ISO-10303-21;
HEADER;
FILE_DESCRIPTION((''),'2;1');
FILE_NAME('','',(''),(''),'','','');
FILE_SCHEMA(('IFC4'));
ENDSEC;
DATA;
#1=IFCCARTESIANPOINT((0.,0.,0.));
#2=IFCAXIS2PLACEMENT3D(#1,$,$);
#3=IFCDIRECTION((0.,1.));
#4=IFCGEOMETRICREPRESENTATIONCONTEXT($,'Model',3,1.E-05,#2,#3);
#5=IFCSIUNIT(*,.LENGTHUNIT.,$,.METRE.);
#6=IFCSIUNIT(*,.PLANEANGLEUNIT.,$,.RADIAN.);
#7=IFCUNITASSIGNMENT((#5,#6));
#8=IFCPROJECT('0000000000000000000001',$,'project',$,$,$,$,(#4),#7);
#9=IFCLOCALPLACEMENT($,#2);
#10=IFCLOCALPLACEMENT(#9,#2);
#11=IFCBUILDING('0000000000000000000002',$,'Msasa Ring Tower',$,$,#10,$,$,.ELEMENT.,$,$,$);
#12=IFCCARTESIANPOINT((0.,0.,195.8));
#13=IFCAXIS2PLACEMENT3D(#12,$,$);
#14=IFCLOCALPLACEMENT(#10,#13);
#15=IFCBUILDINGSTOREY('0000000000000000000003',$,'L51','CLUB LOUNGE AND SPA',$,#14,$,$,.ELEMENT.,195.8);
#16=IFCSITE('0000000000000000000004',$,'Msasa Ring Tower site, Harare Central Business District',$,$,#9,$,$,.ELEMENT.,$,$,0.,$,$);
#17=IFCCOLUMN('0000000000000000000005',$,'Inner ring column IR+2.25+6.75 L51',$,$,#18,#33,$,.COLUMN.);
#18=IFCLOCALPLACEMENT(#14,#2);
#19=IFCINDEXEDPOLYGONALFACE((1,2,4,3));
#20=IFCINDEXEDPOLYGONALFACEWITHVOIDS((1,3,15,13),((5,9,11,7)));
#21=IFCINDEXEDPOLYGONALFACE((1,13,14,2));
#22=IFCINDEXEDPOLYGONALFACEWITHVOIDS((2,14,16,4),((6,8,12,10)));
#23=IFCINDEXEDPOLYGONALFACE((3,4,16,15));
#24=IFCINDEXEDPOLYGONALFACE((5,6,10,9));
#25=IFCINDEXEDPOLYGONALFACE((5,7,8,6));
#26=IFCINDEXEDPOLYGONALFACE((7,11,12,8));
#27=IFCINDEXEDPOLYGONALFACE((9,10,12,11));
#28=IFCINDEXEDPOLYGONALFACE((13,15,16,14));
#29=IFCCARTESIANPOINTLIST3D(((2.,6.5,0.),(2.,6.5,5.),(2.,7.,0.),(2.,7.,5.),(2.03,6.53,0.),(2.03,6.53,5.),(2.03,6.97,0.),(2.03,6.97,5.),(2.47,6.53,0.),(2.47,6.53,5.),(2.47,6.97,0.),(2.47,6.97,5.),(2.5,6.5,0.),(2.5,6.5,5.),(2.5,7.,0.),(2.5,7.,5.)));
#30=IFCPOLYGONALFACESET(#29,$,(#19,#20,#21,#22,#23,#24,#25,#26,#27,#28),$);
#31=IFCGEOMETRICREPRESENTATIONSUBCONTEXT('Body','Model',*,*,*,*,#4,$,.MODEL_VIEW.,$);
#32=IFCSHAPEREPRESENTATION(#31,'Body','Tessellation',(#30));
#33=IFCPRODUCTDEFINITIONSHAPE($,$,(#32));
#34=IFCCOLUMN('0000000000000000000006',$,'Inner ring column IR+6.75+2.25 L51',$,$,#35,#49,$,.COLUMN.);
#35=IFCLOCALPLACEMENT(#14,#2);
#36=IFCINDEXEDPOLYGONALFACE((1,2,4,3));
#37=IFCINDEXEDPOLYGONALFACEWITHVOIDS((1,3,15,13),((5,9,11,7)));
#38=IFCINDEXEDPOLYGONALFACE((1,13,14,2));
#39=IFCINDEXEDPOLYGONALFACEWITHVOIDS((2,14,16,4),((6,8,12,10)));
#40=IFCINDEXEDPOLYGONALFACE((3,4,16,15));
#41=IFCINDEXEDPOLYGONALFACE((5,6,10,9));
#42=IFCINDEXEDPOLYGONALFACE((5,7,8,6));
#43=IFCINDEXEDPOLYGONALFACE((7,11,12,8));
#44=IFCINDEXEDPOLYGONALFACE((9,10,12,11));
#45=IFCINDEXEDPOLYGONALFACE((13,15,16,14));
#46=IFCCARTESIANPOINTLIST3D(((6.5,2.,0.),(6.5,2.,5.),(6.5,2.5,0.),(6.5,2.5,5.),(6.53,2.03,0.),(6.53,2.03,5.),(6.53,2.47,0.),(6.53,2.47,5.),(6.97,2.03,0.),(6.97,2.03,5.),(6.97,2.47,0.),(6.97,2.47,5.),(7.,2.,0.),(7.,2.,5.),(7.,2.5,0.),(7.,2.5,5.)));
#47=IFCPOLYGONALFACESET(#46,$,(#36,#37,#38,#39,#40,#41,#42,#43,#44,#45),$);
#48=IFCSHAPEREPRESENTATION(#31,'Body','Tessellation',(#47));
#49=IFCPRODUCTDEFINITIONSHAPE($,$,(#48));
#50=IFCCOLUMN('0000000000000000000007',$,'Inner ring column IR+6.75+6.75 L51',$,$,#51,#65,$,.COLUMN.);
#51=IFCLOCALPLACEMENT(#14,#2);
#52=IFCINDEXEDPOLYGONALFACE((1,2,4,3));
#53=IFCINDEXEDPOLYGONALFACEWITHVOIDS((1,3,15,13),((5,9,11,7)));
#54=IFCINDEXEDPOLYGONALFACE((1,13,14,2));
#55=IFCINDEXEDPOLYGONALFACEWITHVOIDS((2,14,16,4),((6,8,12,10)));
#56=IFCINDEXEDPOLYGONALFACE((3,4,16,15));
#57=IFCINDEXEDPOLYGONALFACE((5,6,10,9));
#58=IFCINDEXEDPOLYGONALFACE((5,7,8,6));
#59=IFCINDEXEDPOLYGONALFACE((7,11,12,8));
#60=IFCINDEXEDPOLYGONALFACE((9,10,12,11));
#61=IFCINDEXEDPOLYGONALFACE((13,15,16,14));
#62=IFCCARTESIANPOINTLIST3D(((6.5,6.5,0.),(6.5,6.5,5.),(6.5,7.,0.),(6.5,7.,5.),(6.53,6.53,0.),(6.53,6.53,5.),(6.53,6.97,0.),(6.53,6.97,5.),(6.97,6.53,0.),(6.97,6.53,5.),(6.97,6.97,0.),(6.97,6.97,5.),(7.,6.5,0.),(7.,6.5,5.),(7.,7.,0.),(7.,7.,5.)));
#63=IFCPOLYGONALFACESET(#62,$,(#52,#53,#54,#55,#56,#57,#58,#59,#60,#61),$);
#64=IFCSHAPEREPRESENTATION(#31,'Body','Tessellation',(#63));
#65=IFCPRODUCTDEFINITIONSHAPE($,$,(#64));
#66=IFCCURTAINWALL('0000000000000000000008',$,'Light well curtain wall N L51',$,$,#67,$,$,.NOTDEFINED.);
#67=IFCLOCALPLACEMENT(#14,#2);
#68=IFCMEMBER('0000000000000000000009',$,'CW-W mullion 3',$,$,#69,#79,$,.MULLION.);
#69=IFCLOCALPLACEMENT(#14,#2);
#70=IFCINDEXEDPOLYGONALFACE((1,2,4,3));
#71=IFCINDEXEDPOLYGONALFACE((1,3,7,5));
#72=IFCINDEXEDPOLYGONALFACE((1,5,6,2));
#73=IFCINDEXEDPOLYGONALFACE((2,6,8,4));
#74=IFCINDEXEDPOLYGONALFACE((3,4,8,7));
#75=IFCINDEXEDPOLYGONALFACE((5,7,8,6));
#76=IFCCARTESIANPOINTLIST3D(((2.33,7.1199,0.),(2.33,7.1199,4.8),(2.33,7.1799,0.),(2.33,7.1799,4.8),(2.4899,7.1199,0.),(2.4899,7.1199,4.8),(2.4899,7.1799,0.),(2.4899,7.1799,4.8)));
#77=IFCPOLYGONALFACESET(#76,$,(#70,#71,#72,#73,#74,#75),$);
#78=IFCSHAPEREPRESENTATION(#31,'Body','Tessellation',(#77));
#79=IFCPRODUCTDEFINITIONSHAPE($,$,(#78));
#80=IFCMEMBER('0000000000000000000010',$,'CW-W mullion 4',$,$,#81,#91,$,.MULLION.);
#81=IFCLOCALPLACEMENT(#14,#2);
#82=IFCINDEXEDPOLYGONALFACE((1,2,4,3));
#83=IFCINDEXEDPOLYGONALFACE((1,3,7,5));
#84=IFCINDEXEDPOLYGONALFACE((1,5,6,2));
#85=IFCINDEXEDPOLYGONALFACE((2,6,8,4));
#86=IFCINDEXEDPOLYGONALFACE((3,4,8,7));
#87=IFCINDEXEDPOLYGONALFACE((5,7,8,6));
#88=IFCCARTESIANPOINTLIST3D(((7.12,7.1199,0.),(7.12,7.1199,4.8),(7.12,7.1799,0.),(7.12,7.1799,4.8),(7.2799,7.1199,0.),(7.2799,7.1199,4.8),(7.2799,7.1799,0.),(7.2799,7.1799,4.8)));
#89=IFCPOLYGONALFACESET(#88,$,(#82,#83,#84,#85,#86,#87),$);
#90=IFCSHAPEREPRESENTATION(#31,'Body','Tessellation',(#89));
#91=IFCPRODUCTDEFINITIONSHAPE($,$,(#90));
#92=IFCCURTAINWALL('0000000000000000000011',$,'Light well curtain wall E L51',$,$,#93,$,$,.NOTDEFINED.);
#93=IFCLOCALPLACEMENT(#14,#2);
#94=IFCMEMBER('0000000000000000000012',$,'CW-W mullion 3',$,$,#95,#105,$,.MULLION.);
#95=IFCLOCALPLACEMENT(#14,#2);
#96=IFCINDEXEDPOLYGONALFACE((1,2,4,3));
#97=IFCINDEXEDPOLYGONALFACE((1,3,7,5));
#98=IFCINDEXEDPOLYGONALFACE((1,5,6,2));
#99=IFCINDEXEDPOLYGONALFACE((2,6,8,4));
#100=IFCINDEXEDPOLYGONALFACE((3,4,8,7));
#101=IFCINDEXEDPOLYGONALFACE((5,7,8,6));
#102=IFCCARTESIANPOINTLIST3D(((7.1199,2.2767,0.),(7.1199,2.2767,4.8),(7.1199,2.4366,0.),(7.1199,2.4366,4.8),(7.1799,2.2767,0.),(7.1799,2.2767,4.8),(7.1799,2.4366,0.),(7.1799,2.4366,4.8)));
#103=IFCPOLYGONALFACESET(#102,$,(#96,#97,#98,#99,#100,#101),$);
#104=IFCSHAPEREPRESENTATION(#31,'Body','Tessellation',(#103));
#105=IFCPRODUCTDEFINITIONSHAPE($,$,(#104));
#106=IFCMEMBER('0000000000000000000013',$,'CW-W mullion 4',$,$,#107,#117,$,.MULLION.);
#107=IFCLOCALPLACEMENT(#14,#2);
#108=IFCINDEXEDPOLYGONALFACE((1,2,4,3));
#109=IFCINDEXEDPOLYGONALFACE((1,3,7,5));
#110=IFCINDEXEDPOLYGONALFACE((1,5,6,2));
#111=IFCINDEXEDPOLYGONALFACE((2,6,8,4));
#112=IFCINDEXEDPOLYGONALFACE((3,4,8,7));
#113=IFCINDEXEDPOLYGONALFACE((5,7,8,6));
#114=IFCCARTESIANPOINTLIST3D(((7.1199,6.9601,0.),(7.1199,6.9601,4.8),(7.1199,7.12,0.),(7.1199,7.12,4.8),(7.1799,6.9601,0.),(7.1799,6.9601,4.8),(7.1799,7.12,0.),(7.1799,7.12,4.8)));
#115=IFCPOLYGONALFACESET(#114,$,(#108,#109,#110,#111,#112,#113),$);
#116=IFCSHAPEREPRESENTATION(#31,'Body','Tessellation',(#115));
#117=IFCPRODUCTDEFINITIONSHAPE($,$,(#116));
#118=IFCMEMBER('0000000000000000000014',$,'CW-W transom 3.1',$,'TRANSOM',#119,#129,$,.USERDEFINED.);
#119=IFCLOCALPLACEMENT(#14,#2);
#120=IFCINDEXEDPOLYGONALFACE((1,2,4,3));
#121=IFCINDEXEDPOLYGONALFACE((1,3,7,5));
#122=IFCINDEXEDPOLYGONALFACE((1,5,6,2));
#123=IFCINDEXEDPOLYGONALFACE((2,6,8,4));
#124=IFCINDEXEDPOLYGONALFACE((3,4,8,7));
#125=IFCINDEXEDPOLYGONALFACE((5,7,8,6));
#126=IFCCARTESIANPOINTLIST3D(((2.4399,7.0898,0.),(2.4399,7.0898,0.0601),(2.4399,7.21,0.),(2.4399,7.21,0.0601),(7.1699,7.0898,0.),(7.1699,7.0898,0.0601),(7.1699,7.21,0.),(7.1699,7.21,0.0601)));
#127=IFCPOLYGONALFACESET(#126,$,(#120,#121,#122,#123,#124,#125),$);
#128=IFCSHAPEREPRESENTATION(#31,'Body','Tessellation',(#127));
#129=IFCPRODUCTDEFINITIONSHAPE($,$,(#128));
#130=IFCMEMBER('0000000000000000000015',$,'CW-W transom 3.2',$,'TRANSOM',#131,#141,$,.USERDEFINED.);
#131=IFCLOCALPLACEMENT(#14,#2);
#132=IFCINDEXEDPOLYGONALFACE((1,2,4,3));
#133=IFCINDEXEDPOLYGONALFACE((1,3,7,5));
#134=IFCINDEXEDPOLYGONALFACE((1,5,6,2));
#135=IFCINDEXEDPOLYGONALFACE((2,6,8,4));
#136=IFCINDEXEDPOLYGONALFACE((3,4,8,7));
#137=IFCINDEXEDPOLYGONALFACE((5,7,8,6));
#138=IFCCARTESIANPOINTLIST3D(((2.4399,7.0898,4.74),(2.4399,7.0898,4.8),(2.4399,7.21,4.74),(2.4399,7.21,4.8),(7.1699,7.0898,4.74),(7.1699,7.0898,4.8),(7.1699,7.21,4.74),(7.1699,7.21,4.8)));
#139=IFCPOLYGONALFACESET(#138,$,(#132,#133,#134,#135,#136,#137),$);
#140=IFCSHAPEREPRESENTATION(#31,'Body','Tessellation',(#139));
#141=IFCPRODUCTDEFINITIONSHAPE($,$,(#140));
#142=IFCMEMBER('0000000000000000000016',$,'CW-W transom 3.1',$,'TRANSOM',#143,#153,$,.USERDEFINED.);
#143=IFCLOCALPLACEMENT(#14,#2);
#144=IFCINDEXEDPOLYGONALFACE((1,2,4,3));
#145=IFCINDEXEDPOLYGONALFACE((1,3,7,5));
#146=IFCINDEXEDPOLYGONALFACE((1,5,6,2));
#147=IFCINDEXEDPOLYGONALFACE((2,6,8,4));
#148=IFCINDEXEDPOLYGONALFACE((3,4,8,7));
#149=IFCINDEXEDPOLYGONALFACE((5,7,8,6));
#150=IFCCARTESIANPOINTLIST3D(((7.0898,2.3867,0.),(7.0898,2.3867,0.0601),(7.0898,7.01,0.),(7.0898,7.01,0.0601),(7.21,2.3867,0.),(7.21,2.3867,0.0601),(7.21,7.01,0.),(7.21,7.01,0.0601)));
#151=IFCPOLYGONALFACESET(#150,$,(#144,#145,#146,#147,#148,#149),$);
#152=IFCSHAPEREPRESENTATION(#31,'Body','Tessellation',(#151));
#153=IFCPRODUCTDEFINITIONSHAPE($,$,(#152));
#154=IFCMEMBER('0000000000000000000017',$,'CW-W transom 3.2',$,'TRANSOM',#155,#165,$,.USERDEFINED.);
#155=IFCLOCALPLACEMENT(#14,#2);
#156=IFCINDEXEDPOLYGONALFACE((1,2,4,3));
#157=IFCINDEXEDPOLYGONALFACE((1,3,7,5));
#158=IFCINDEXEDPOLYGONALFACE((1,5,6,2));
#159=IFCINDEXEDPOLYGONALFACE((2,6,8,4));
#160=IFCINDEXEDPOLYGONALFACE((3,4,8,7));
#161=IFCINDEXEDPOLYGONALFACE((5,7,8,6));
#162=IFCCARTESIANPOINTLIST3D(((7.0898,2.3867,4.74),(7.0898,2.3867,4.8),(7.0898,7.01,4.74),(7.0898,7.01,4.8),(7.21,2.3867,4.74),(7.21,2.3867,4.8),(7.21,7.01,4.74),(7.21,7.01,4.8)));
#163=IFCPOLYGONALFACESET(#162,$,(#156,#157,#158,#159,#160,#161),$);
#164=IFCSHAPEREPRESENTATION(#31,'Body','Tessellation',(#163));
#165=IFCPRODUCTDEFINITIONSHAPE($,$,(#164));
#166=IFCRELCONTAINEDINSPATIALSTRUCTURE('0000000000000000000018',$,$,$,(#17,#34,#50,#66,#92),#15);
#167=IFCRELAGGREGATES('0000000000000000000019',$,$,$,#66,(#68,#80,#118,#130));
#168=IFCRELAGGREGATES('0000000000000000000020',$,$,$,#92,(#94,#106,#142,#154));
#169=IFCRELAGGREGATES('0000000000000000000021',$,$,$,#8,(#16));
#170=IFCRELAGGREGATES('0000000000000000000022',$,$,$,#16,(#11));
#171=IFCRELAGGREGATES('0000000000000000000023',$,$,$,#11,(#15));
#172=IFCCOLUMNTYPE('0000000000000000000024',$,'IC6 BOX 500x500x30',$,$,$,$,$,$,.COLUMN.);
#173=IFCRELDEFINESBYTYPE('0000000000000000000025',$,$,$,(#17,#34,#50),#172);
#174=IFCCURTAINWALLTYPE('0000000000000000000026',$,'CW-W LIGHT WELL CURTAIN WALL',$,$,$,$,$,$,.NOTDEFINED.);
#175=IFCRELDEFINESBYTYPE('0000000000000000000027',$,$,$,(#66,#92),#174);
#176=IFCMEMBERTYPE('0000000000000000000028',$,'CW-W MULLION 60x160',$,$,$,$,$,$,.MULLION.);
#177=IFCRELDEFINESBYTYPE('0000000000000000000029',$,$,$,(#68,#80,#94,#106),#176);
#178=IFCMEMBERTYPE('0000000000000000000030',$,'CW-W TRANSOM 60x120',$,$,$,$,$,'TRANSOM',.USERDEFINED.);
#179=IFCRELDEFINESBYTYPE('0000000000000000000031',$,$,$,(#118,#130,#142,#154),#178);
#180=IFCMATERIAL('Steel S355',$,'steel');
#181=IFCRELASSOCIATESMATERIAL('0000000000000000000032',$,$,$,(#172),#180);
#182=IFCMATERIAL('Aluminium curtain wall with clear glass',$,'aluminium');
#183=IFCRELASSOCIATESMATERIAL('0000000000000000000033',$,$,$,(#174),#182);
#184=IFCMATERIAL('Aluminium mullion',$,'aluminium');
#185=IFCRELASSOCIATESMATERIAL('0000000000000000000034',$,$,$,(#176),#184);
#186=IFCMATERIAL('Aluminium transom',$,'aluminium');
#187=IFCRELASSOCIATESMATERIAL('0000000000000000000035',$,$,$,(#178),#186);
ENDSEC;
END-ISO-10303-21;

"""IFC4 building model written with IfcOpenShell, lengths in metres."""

from ifc_helpers import new_model, si_unit, direction, frame, origin, origin_2d, place, context, subcontext, project, spatial, rectangle, hollow_rectangle, extrude, material, material_profile, profile_set, type_object, element, aggregate, save


model = new_model("IFC4")

# Units and contexts
model_context = context("Model", 3, precision=1e-05, world=origin(), true_north=direction((0.0, 1.0)))
body_context = subcontext(model_context, "Body", "Model", "MODEL_VIEW")
ifc_project = project(units=[si_unit("LENGTHUNIT", "METRE"), si_unit("PLANEANGLEUNIT", "RADIAN")], contexts=[model_context])

# Site, building, storey
site_placement = place(None, origin())
site = spatial("IfcSite", under=ifc_project, at=site_placement, Name="Msasa Ring Tower site, Harare Central Business District", CompositionType="ELEMENT", RefElevation=0.0)
building_placement = place(site_placement, origin())
building = spatial("IfcBuilding", under=site, at=building_placement, Name="Msasa Ring Tower", CompositionType="ELEMENT")
storey_placement = place(building_placement, frame((0.0, 0.0, 195.8)))
storey = spatial("IfcBuildingStorey", under=building, at=storey_placement, Name="L51", Description="CLUB LOUNGE AND SPA", CompositionType="ELEMENT", Elevation=195.8)

# Columns
ifc_material_1 = material(Name="Steel S355", Category="steel")
ifc_material_profile_1 = material_profile(ifc_material_1, hollow_rectangle(XDim=0.5, YDim=0.5, WallThickness=0.03, at=origin_2d()), Name="BOX 500x500x30")
ifc_profile_set_1 = profile_set([ifc_material_profile_1], Name="Steel S355")
column_type = type_object("IfcColumnType", Name="IC6 BOX 500x500x30", PredefinedType="COLUMN", material=ifc_profile_set_1)
for number, where, z_axis, x_axis, name in (
    (1, (2.25, 6.75, 0.0), (0.0, 0.0, 1.0), (1.0, 0.0, 0.0), "Inner ring column IR+2.25+6.75 L51"),
    (2, (6.75, 2.25, 0.0), (0.0, 0.0, 1.0), (1.0, 0.0, 0.0), "Inner ring column IR+6.75+2.25 L51"),
    (3, (6.75, 6.75, 0.0), (0.0, 0.0, 1.0), (1.0, 0.0, 0.0), "Inner ring column IR+6.75+6.75 L51"),
):
    element("IfcColumn", number, at=place(storey_placement, frame(where, z_axis=z_axis, x_axis=x_axis)), inside=storey, type_object=column_type, Name=name, PredefinedType="COLUMN", context=body_context, shape_type="SweptSolid", body=[
        extrude(hollow_rectangle(XDim=0.5, YDim=0.5, WallThickness=0.03, at=origin_2d()), origin(), (0.0, 0.0, 1.0), 5.0),
    ])

# Curtain walls, members
ifc_material_2 = material(Name="Aluminium curtain wall with clear glass", Category="aluminium")
curtain_wall_type = type_object("IfcCurtainWallType", Name="CW-W LIGHT WELL CURTAIN WALL", PredefinedType="NOTDEFINED", material=ifc_material_2)
curtain_wall_1_placement = place(storey_placement, origin())
curtain_wall_1 = element("IfcCurtainWall", 4, at=curtain_wall_1_placement, inside=storey, type_object=curtain_wall_type, Name="Light well curtain wall N L51", PredefinedType="NOTDEFINED")
ifc_material_3 = material(Name="Aluminium mullion", Category="aluminium")
ifc_material_profile_2 = material_profile(ifc_material_3, rectangle(XDim=0.0601, YDim=0.1599, at=origin_2d()), Name="AL 60x160")
ifc_profile_set_2 = profile_set([ifc_material_profile_2], Name="Aluminium mullion")
member_type_1 = type_object("IfcMemberType", Name="CW-W MULLION 60x160", PredefinedType="MULLION", material=ifc_profile_set_2)
member_1_placement = place(storey_placement, frame((2.4099, 7.1499, 0.0), z_axis=(0.0, 0.0, 1.0), x_axis=(0.0, 1.0, 0.0)))
member_1 = element("IfcMember", 5, at=member_1_placement, type_object=member_type_1, Name="CW-W mullion 3", PredefinedType="MULLION", context=body_context, shape_type="SweptSolid", body=[
    extrude(rectangle(XDim=0.0601, YDim=0.1599, at=origin_2d()), origin(), (0.0, 0.0, 1.0), 4.8),
])
member_2_placement = place(storey_placement, frame((7.2, 7.1499, 0.0), z_axis=(0.0, 0.0, 1.0), x_axis=(0.0, 1.0, 0.0)))
member_2 = element("IfcMember", 6, at=member_2_placement, type_object=member_type_1, Name="CW-W mullion 4", PredefinedType="MULLION", context=body_context, shape_type="SweptSolid", body=[
    extrude(rectangle(XDim=0.0601, YDim=0.1599, at=origin_2d()), origin(), (0.0, 0.0, 1.0), 4.8),
])
curtain_wall_2_placement = place(storey_placement, origin())
curtain_wall_2 = element("IfcCurtainWall", 7, at=curtain_wall_2_placement, inside=storey, type_object=curtain_wall_type, Name="Light well curtain wall E L51", PredefinedType="NOTDEFINED")
member_3_placement = place(storey_placement, frame((7.1499, 2.3567, 0.0), z_axis=(0.0, 0.0, 1.0), x_axis=(-1.0, 0.0, 0.0)))
member_3 = element("IfcMember", 8, at=member_3_placement, type_object=member_type_1, Name="CW-W mullion 3", PredefinedType="MULLION", context=body_context, shape_type="SweptSolid", body=[
    extrude(rectangle(XDim=0.0601, YDim=0.1599, at=origin_2d()), origin(), (0.0, 0.0, 1.0), 4.8),
])
member_4_placement = place(storey_placement, frame((7.1499, 7.04, 0.0), z_axis=(0.0, 0.0, 1.0), x_axis=(-1.0, 0.0, 0.0)))
member_4 = element("IfcMember", 9, at=member_4_placement, type_object=member_type_1, Name="CW-W mullion 4", PredefinedType="MULLION", context=body_context, shape_type="SweptSolid", body=[
    extrude(rectangle(XDim=0.0601, YDim=0.1599, at=origin_2d()), origin(), (0.0, 0.0, 1.0), 4.8),
])

# Members
ifc_material_4 = material(Name="Aluminium transom", Category="aluminium")
ifc_material_profile_3 = material_profile(ifc_material_4, rectangle(XDim=0.1201, YDim=0.0601, at=origin_2d()), Name="AL 60x120")
ifc_profile_set_3 = profile_set([ifc_material_profile_3], Name="Aluminium transom")
member_type_2 = type_object("IfcMemberType", Name="CW-W TRANSOM 60x120", ElementType="TRANSOM", PredefinedType="USERDEFINED", material=ifc_profile_set_3)
member_5_placement = place(storey_placement, frame((2.4399, 7.1499, 0.03), z_axis=(1.0, 0.0, 0.0), x_axis=(0.0, 1.0, 0.0)))
member_5 = element("IfcMember", 10, at=member_5_placement, type_object=member_type_2, Name="CW-W transom 3.1", ObjectType="TRANSOM", PredefinedType="USERDEFINED", context=body_context, shape_type="SweptSolid", body=[
    extrude(rectangle(XDim=0.1201, YDim=0.0601, at=origin_2d()), origin(), (0.0, 0.0, 1.0), 4.73),
])
member_6_placement = place(storey_placement, frame((2.4399, 7.1499, 4.77), z_axis=(1.0, 0.0, 0.0), x_axis=(0.0, 1.0, 0.0)))
member_6 = element("IfcMember", 11, at=member_6_placement, type_object=member_type_2, Name="CW-W transom 3.2", ObjectType="TRANSOM", PredefinedType="USERDEFINED", context=body_context, shape_type="SweptSolid", body=[
    extrude(rectangle(XDim=0.1201, YDim=0.0601, at=origin_2d()), origin(), (0.0, 0.0, 1.0), 4.73),
])
member_7_placement = place(storey_placement, frame((7.1499, 2.3867, 0.03), z_axis=(0.0, 1.0, 0.0), x_axis=(-1.0, 0.0, 0.0)))
member_7 = element("IfcMember", 12, at=member_7_placement, type_object=member_type_2, Name="CW-W transom 3.1", ObjectType="TRANSOM", PredefinedType="USERDEFINED", context=body_context, shape_type="SweptSolid", body=[
    extrude(rectangle(XDim=0.1201, YDim=0.0601, at=origin_2d()), origin(), (0.0, 0.0, 1.0), 4.6233),
])
member_8_placement = place(storey_placement, frame((7.1499, 2.3867, 4.77), z_axis=(0.0, 1.0, 0.0), x_axis=(-1.0, 0.0, 0.0)))
member_8 = element("IfcMember", 13, at=member_8_placement, type_object=member_type_2, Name="CW-W transom 3.2", ObjectType="TRANSOM", PredefinedType="USERDEFINED", context=body_context, shape_type="SweptSolid", body=[
    extrude(rectangle(XDim=0.1201, YDim=0.0601, at=origin_2d()), origin(), (0.0, 0.0, 1.0), 4.6233),
])

aggregate(curtain_wall_1, [member_1, member_2, member_5, member_6])
aggregate(curtain_wall_2, [member_3, member_4, member_7, member_8])

save(model, "model.ifc")
